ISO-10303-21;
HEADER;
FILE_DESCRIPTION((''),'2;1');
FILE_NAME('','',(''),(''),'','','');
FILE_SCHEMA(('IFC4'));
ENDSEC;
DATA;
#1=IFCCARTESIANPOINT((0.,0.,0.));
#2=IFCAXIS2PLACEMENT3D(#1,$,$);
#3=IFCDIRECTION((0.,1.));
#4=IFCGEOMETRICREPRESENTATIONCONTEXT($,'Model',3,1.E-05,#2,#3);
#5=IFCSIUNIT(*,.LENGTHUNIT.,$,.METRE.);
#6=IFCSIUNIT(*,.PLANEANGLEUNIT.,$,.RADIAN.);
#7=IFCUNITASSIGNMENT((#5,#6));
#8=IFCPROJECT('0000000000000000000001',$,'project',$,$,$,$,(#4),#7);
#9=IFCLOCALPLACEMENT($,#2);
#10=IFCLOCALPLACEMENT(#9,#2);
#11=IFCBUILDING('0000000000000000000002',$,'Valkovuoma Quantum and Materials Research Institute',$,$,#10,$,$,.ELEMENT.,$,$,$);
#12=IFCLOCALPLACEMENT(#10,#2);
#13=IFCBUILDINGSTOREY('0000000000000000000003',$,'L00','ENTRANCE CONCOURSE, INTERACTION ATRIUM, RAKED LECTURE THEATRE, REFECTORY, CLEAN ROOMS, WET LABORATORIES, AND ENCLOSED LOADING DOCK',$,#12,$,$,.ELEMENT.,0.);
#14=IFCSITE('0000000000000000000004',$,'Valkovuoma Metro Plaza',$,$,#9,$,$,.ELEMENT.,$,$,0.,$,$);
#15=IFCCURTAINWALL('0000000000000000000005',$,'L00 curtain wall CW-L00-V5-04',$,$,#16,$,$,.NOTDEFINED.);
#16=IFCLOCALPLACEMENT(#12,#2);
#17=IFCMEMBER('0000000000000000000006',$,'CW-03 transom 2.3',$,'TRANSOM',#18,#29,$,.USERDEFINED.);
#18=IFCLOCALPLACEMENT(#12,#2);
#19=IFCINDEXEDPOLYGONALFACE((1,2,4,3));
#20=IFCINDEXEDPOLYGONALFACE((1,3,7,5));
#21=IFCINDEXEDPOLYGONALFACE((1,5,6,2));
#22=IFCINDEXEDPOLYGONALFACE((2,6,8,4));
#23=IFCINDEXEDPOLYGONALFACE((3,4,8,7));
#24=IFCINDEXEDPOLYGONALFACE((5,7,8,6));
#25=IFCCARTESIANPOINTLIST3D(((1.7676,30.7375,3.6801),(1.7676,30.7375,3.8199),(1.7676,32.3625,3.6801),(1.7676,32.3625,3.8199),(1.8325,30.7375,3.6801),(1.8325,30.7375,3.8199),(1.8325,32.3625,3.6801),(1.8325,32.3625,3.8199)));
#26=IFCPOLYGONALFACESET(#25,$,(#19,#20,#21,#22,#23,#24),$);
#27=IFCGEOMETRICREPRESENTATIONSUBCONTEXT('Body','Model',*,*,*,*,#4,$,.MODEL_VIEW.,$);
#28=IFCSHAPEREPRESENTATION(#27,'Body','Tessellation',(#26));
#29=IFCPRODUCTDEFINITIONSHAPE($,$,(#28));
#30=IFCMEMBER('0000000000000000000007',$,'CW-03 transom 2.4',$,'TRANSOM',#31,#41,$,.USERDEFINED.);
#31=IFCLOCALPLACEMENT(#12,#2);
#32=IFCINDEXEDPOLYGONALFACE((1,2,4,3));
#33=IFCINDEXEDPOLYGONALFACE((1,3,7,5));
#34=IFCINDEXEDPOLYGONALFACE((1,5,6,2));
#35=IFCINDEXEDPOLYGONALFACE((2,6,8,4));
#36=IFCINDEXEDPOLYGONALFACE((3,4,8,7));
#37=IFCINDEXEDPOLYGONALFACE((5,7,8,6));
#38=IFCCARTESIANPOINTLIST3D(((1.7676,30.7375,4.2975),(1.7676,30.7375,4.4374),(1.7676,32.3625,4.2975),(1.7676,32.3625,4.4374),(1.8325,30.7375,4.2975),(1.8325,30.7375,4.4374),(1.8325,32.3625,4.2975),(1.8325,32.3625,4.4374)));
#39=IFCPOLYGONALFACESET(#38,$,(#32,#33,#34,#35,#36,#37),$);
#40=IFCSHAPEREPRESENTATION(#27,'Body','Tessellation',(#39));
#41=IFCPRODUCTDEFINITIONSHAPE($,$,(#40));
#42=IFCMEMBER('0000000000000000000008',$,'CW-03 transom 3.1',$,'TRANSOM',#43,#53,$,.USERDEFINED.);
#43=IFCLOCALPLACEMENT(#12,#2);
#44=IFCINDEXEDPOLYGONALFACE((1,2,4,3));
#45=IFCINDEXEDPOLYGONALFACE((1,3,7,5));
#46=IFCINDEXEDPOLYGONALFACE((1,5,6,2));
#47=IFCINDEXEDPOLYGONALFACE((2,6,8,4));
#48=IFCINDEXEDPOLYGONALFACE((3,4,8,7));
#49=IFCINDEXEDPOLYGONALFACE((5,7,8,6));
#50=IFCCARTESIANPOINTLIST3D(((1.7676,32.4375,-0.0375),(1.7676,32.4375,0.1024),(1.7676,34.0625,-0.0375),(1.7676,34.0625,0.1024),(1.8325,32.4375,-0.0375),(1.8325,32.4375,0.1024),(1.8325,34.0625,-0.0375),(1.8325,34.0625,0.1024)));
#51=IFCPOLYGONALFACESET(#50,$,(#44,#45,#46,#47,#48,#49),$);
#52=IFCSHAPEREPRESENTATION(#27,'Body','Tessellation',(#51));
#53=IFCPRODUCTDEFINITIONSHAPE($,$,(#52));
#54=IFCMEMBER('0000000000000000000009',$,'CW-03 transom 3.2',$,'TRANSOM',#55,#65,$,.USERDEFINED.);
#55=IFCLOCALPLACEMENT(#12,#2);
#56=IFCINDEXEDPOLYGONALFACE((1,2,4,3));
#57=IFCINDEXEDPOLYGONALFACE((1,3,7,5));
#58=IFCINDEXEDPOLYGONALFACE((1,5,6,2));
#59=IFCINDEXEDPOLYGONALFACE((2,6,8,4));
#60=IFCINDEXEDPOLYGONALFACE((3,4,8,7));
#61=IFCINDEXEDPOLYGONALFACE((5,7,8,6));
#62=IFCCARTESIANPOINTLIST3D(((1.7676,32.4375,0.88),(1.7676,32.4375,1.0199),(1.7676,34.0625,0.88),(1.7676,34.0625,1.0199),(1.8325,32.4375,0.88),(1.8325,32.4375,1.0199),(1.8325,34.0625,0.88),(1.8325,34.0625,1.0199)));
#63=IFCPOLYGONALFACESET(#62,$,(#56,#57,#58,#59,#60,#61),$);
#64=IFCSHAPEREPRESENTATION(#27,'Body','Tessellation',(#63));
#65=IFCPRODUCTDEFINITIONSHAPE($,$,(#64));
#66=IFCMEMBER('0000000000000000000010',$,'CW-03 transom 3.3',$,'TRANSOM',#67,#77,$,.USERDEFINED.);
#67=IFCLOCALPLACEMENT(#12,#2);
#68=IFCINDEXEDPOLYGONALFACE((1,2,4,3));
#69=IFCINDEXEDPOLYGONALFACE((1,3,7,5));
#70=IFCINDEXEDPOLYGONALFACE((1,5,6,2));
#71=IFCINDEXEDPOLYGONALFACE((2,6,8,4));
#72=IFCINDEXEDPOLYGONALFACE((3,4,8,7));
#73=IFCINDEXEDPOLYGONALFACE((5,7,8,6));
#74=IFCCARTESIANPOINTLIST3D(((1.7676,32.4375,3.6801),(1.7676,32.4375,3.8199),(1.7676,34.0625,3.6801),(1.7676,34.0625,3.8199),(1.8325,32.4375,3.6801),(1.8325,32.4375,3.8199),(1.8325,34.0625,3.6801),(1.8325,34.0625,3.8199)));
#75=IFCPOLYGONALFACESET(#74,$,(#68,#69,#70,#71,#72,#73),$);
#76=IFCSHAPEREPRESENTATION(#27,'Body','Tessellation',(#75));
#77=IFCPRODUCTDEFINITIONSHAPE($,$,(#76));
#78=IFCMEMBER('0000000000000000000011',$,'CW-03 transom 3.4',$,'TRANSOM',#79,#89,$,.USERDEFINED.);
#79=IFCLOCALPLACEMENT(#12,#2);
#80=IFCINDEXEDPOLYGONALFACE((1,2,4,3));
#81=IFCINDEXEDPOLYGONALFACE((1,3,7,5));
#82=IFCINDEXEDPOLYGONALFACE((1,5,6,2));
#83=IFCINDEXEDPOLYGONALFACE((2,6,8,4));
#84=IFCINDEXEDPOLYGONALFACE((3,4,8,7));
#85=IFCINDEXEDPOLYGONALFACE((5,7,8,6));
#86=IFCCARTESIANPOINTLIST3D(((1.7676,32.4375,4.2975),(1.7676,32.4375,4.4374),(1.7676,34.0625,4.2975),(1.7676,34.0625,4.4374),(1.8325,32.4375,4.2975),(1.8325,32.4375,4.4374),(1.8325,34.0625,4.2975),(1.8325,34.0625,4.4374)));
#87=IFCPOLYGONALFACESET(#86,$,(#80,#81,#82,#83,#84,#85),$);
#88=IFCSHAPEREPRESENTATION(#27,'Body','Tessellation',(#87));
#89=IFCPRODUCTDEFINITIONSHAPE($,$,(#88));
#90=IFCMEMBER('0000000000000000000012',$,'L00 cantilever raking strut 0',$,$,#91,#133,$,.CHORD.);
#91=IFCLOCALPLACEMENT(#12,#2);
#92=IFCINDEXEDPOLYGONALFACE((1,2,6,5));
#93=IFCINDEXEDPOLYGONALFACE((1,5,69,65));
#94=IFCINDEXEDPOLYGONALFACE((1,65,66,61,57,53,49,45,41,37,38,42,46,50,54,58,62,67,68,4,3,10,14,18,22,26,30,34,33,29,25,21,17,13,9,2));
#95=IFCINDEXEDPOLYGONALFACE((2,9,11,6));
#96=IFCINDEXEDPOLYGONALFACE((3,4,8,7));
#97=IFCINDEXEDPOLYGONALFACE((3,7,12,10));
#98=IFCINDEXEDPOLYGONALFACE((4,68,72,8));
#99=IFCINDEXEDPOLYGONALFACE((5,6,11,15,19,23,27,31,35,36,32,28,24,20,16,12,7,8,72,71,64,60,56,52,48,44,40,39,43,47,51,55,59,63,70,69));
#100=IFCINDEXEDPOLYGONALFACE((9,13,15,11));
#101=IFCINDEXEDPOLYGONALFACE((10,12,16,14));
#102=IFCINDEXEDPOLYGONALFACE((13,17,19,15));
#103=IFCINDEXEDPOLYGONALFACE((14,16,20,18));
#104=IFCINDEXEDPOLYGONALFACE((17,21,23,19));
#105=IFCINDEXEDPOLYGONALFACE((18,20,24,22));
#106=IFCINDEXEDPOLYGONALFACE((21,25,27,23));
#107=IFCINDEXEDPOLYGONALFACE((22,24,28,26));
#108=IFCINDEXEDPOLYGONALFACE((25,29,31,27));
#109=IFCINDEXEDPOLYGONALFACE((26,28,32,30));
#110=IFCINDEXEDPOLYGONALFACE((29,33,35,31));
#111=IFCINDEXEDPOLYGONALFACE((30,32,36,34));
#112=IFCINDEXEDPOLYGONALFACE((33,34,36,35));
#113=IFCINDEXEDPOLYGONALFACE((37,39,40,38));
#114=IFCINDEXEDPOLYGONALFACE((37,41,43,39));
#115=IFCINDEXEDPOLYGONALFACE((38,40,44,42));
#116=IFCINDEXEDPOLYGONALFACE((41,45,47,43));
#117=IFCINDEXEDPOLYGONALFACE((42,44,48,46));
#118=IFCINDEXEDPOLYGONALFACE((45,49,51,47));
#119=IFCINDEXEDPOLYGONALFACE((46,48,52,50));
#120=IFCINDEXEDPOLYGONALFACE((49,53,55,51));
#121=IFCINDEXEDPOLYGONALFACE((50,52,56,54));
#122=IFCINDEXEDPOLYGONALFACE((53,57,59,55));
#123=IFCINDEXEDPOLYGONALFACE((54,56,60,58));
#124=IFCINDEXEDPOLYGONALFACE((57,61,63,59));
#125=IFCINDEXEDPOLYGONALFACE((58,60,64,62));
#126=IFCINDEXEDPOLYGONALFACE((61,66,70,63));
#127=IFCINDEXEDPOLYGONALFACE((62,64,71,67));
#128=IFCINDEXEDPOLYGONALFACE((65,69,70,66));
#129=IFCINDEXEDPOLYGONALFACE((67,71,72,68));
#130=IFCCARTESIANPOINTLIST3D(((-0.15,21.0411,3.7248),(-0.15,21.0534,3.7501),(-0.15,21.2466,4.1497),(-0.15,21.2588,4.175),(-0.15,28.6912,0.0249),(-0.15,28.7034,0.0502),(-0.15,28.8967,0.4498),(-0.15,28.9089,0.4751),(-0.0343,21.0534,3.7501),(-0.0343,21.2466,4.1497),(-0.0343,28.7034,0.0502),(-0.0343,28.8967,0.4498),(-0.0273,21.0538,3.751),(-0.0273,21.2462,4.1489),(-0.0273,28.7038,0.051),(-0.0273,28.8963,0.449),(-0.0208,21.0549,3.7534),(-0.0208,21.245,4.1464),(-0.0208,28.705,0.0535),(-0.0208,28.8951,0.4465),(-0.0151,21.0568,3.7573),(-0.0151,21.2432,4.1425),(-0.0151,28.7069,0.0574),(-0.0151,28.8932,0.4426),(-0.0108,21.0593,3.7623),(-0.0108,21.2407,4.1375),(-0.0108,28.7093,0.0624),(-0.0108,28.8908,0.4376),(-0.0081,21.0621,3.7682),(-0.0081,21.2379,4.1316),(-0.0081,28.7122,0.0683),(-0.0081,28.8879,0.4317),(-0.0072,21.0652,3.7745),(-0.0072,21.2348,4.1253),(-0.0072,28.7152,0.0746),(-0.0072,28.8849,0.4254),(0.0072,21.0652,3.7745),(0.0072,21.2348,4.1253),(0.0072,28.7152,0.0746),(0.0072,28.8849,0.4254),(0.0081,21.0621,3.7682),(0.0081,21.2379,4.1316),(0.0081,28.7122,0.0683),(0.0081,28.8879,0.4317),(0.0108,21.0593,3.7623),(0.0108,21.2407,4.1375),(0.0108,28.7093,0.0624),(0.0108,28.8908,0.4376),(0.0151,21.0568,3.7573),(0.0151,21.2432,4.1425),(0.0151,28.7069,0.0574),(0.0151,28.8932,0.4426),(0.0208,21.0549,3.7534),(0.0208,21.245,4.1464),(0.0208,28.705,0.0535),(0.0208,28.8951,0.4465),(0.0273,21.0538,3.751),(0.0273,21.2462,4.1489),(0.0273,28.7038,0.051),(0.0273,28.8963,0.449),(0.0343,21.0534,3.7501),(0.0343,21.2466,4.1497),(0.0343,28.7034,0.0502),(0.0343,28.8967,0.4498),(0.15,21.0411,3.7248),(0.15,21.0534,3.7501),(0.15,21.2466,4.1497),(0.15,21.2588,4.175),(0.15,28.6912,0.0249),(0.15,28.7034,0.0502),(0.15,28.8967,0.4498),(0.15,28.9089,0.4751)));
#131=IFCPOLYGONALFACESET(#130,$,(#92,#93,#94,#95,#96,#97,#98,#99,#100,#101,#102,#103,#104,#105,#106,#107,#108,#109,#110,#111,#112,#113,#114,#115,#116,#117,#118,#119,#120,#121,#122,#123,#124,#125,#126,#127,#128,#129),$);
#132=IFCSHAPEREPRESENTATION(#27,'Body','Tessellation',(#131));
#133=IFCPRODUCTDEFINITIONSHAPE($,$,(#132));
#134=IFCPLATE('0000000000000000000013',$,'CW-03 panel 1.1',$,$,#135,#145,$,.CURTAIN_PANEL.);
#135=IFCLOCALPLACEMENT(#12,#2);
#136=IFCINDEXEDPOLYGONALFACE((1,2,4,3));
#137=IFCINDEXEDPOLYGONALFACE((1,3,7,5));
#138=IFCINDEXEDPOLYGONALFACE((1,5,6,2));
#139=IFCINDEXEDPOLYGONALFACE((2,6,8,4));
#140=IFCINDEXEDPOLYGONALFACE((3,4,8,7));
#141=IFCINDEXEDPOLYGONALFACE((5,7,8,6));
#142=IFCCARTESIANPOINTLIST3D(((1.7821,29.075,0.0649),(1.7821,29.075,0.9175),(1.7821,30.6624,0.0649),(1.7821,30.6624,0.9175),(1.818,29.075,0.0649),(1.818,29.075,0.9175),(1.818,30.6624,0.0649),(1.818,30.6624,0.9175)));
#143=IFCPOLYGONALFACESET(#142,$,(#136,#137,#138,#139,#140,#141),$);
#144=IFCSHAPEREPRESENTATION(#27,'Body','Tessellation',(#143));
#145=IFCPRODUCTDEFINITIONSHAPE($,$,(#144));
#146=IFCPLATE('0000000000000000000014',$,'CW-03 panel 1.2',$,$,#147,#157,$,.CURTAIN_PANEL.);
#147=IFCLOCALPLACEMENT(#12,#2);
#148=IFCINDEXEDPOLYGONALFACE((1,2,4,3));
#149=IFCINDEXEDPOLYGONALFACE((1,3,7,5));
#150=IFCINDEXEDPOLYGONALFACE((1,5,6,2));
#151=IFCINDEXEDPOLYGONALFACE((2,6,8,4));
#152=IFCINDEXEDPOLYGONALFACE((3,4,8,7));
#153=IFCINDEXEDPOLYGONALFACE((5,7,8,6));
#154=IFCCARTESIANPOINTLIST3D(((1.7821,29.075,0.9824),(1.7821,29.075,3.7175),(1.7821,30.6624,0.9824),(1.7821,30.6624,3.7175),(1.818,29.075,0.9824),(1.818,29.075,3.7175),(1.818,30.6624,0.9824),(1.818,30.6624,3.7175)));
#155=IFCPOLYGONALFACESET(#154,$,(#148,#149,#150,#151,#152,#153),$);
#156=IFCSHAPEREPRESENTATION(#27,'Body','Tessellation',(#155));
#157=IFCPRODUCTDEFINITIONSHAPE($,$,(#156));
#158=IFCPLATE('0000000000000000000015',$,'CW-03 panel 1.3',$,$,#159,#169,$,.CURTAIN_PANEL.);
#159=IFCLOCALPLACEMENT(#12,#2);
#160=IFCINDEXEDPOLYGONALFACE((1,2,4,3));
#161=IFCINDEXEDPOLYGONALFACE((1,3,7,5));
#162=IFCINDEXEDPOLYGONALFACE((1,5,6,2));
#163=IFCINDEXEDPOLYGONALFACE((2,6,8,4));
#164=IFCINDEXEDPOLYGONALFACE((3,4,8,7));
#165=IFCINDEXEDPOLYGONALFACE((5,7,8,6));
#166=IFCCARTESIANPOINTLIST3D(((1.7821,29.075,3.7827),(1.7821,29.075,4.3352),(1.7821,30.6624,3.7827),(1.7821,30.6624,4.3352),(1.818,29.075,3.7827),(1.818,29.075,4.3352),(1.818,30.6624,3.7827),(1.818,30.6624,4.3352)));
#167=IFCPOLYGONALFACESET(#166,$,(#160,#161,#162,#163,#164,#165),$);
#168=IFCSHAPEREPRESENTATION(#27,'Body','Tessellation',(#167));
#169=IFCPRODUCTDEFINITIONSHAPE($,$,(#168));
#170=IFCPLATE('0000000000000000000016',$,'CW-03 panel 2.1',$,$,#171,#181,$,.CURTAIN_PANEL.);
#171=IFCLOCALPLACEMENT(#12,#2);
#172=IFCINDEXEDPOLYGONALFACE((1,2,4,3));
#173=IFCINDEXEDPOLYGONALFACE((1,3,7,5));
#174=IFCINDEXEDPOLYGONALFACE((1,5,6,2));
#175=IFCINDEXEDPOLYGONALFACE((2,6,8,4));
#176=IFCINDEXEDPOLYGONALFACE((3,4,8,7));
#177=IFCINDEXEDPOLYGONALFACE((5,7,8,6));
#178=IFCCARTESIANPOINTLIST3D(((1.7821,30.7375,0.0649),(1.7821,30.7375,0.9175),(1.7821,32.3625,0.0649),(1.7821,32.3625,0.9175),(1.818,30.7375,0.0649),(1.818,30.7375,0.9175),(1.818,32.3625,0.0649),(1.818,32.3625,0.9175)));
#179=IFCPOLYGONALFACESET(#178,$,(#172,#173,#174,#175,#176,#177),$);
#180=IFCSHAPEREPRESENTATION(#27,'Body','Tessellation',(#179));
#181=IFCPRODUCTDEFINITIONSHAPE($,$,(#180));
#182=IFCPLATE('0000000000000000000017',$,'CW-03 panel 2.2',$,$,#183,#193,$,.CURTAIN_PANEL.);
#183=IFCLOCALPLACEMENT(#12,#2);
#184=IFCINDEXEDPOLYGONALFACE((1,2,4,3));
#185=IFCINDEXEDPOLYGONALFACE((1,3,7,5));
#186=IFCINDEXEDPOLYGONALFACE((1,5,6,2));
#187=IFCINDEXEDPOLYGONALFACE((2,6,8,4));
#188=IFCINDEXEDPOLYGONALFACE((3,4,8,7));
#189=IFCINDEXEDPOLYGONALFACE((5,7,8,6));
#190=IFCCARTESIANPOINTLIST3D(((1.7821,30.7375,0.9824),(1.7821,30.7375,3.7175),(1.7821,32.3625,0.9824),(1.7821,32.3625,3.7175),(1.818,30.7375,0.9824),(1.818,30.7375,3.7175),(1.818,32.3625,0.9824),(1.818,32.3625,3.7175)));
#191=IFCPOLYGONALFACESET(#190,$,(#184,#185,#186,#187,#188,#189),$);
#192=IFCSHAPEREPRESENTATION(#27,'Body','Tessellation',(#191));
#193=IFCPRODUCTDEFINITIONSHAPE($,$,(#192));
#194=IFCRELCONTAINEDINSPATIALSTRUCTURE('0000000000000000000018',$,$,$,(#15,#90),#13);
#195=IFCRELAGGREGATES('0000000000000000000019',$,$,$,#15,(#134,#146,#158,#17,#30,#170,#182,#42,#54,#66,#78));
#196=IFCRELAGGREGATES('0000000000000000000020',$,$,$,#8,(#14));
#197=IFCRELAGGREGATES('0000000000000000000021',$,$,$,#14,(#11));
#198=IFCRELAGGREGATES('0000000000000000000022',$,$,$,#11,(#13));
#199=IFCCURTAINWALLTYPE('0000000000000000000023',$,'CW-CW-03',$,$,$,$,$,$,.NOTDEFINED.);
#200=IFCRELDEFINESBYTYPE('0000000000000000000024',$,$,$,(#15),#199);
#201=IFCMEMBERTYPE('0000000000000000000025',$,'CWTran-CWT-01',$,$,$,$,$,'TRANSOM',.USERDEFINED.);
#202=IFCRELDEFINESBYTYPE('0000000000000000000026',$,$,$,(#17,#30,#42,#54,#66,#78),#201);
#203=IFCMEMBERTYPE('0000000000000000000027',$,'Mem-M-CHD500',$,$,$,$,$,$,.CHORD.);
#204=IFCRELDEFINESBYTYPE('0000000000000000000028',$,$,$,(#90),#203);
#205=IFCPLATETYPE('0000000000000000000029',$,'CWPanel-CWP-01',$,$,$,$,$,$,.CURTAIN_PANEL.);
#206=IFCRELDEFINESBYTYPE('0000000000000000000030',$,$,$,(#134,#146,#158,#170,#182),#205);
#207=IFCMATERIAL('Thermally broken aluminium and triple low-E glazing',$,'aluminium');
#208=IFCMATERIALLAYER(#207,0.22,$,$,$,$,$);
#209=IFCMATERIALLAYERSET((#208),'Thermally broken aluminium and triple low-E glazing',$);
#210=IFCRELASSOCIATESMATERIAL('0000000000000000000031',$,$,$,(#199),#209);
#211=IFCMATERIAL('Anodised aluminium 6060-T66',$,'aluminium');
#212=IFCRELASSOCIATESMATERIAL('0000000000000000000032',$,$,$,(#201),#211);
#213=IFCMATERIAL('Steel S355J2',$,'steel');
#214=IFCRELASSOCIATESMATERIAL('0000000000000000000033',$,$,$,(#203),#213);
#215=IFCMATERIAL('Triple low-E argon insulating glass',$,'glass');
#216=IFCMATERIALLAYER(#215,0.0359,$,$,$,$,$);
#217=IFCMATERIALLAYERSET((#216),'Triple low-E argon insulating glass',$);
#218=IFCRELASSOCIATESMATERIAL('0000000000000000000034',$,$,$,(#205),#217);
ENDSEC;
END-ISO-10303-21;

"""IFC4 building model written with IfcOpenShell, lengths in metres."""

from ifc_helpers import new_model, si_unit, direction, frame, origin, origin_2d, place, context, subcontext, project, spatial, rectangle, i_section, extrude, material, layer, layer_set, material_profile, profile_set, type_object, element, aggregate, save


model = new_model("IFC4")

# Units and contexts
model_context = context("Model", 3, precision=1e-05, world=origin(), true_north=direction((0.0, 1.0)))
body_context = subcontext(model_context, "Body", "Model", "MODEL_VIEW")
ifc_project = project(units=[si_unit("LENGTHUNIT", "METRE"), si_unit("PLANEANGLEUNIT", "RADIAN")], contexts=[model_context])

# Site, building, storey
site_placement = place(None, origin())
site = spatial("IfcSite", under=ifc_project, at=site_placement, Name="Valkovuoma Metro Plaza", CompositionType="ELEMENT", RefElevation=0.0)
building_placement = place(site_placement, origin())
building = spatial("IfcBuilding", under=site, at=building_placement, Name="Valkovuoma Quantum and Materials Research Institute", CompositionType="ELEMENT")
storey_placement = place(building_placement, origin())
storey = spatial("IfcBuildingStorey", under=building, at=storey_placement, Name="L00", Description="ENTRANCE CONCOURSE, INTERACTION ATRIUM, RAKED LECTURE THEATRE, REFECTORY, CLEAN ROOMS, WET LABORATORIES, AND ENCLOSED LOADING DOCK", CompositionType="ELEMENT", Elevation=0.0)

# Curtain wall, members
ifc_material_1 = material(Name="Thermally broken aluminium and triple low-E glazing", Category="aluminium")
ifc_layer_1 = layer(ifc_material_1, 0.22)
ifc_layer_set_1 = layer_set([ifc_layer_1], Name="Thermally broken aluminium and triple low-E glazing")
curtain_wall_type = type_object("IfcCurtainWallType", Name="CW-CW-03", PredefinedType="NOTDEFINED", material=ifc_layer_set_1)
curtain_wall_placement = place(storey_placement, origin())
curtain_wall = element("IfcCurtainWall", 1, at=curtain_wall_placement, inside=storey, type_object=curtain_wall_type, Name="L00 curtain wall CW-L00-V5-04", PredefinedType="NOTDEFINED")
ifc_material_2 = material(Name="Anodised aluminium 6060-T66", Category="aluminium")
ifc_material_profile_1 = material_profile(ifc_material_2, rectangle(XDim=0.0649, YDim=0.1399, at=origin_2d()), Name="Anodised aluminium 6060-T66")
ifc_profile_set_1 = profile_set([ifc_material_profile_1], Name="Anodised aluminium 6060-T66")
member_type_1 = type_object("IfcMemberType", Name="CWTran-CWT-01", ElementType="TRANSOM", PredefinedType="USERDEFINED", material=ifc_profile_set_1)
member_1_placement = place(storey_placement, frame((1.8, 30.7375, 3.75), z_axis=(0.0, 1.0, 0.0), x_axis=(-1.0, 0.0, 0.0)))
member_1 = element("IfcMember", 2, at=member_1_placement, type_object=member_type_1, Name="CW-03 transom 2.3", ObjectType="TRANSOM", PredefinedType="USERDEFINED", context=body_context, shape_type="SweptSolid", body=[
    extrude(rectangle(XDim=0.0649, YDim=0.1399, at=origin_2d()), origin(), (0.0, 0.0, 1.0), 1.625),
])
member_2_placement = place(storey_placement, frame((1.8, 30.7375, 4.3674), z_axis=(0.0, 1.0, 0.0), x_axis=(-1.0, 0.0, 0.0)))
member_2 = element("IfcMember", 3, at=member_2_placement, type_object=member_type_1, Name="CW-03 transom 2.4", ObjectType="TRANSOM", PredefinedType="USERDEFINED", context=body_context, shape_type="SweptSolid", body=[
    extrude(rectangle(XDim=0.0649, YDim=0.1399, at=origin_2d()), origin(), (0.0, 0.0, 1.0), 1.625),
])
member_3_placement = place(storey_placement, frame((1.8, 32.4375, 0.0325), z_axis=(0.0, 1.0, 0.0), x_axis=(-1.0, 0.0, 0.0)))
member_3 = element("IfcMember", 4, at=member_3_placement, type_object=member_type_1, Name="CW-03 transom 3.1", ObjectType="TRANSOM", PredefinedType="USERDEFINED", context=body_context, shape_type="SweptSolid", body=[
    extrude(rectangle(XDim=0.0649, YDim=0.1399, at=origin_2d()), origin(), (0.0, 0.0, 1.0), 1.625),
])
member_4_placement = place(storey_placement, frame((1.8, 32.4375, 0.95), z_axis=(0.0, 1.0, 0.0), x_axis=(-1.0, 0.0, 0.0)))
member_4 = element("IfcMember", 5, at=member_4_placement, type_object=member_type_1, Name="CW-03 transom 3.2", ObjectType="TRANSOM", PredefinedType="USERDEFINED", context=body_context, shape_type="SweptSolid", body=[
    extrude(rectangle(XDim=0.0649, YDim=0.1399, at=origin_2d()), origin(), (0.0, 0.0, 1.0), 1.625),
])
member_5_placement = place(storey_placement, frame((1.8, 32.4375, 3.75), z_axis=(0.0, 1.0, 0.0), x_axis=(-1.0, 0.0, 0.0)))
member_5 = element("IfcMember", 6, at=member_5_placement, type_object=member_type_1, Name="CW-03 transom 3.3", ObjectType="TRANSOM", PredefinedType="USERDEFINED", context=body_context, shape_type="SweptSolid", body=[
    extrude(rectangle(XDim=0.0649, YDim=0.1399, at=origin_2d()), origin(), (0.0, 0.0, 1.0), 1.625),
])
member_6_placement = place(storey_placement, frame((1.8, 32.4375, 4.3674), z_axis=(0.0, 1.0, 0.0), x_axis=(-1.0, 0.0, 0.0)))
member_6 = element("IfcMember", 7, at=member_6_placement, type_object=member_type_1, Name="CW-03 transom 3.4", ObjectType="TRANSOM", PredefinedType="USERDEFINED", context=body_context, shape_type="SweptSolid", body=[
    extrude(rectangle(XDim=0.0649, YDim=0.1399, at=origin_2d()), origin(), (0.0, 0.0, 1.0), 1.625),
])

# Member
ifc_material_3 = material(Name="Steel S355J2", Category="steel")
ifc_material_profile_2 = material_profile(ifc_material_3, i_section(OverallWidth=0.3, OverallDepth=0.5, WebThickness=0.0144, FlangeThickness=0.0281, FilletRadius=0.0271, at=origin_2d()), Name="Steel S355J2")
ifc_profile_set_2 = profile_set([ifc_material_profile_2], Name="Steel S355J2")
member_type_2 = type_object("IfcMemberType", Name="Mem-M-CHD500", PredefinedType="CHORD", material=ifc_profile_set_2)
member_7_placement = place(storey_placement, frame((0.0, 28.8, 0.25), z_axis=(0.0, -0.900239, 0.435396), x_axis=(1.0, 0.0, 0.0)))
element("IfcMember", 8, at=member_7_placement, inside=storey, type_object=member_type_2, Name="L00 cantilever raking strut 0", PredefinedType="CHORD", context=body_context, shape_type="SweptSolid", body=[
    extrude(i_section(OverallWidth=0.3, OverallDepth=0.5, WebThickness=0.0144, FlangeThickness=0.0281, FilletRadius=0.0271, at=origin_2d()), origin(), (0.0, 0.0, 1.0), 8.4978),
])

# Plates
ifc_material_4 = material(Name="Triple low-E argon insulating glass", Category="glass")
ifc_layer_2 = layer(ifc_material_4, 0.0359)
ifc_layer_set_2 = layer_set([ifc_layer_2], Name="Triple low-E argon insulating glass")
plate_type = type_object("IfcPlateType", Name="CWPanel-CWP-01", PredefinedType="CURTAIN_PANEL", material=ifc_layer_set_2)
plate_1_placement = place(storey_placement, frame((1.8, 29.8687, 0.0649), z_axis=(0.0, 0.0, 1.0), x_axis=(0.0, 1.0, 0.0)))
plate_1 = element("IfcPlate", 9, at=plate_1_placement, type_object=plate_type, Name="CW-03 panel 1.1", PredefinedType="CURTAIN_PANEL", context=body_context, shape_type="SweptSolid", body=[
    extrude(rectangle(XDim=1.5874, YDim=0.0359, at=origin_2d()), origin(), (0.0, 0.0, 1.0), 0.8525),
])
plate_2_placement = place(storey_placement, frame((1.8, 29.8687, 0.9824), z_axis=(0.0, 0.0, 1.0), x_axis=(0.0, 1.0, 0.0)))
plate_2 = element("IfcPlate", 10, at=plate_2_placement, type_object=plate_type, Name="CW-03 panel 1.2", PredefinedType="CURTAIN_PANEL", context=body_context, shape_type="SweptSolid", body=[
    extrude(rectangle(XDim=1.5874, YDim=0.0359, at=origin_2d()), origin(), (0.0, 0.0, 1.0), 2.7351),
])
plate_3_placement = place(storey_placement, frame((1.8, 29.8687, 3.7827), z_axis=(0.0, 0.0, 1.0), x_axis=(0.0, 1.0, 0.0)))
plate_3 = element("IfcPlate", 11, at=plate_3_placement, type_object=plate_type, Name="CW-03 panel 1.3", PredefinedType="CURTAIN_PANEL", context=body_context, shape_type="SweptSolid", body=[
    extrude(rectangle(XDim=1.5874, YDim=0.0359, at=origin_2d()), origin(), (0.0, 0.0, 1.0), 0.5525),
])
plate_4_placement = place(storey_placement, frame((1.8, 31.55, 0.0649), z_axis=(0.0, 0.0, 1.0), x_axis=(0.0, 1.0, 0.0)))
plate_4 = element("IfcPlate", 12, at=plate_4_placement, type_object=plate_type, Name="CW-03 panel 2.1", PredefinedType="CURTAIN_PANEL", context=body_context, shape_type="SweptSolid", body=[
    extrude(rectangle(XDim=1.625, YDim=0.0359, at=origin_2d()), origin(), (0.0, 0.0, 1.0), 0.8525),
])
plate_5_placement = place(storey_placement, frame((1.8, 31.55, 0.9824), z_axis=(0.0, 0.0, 1.0), x_axis=(0.0, 1.0, 0.0)))
plate_5 = element("IfcPlate", 13, at=plate_5_placement, type_object=plate_type, Name="CW-03 panel 2.2", PredefinedType="CURTAIN_PANEL", context=body_context, shape_type="SweptSolid", body=[
    extrude(rectangle(XDim=1.625, YDim=0.0359, at=origin_2d()), origin(), (0.0, 0.0, 1.0), 2.7351),
])
aggregate(curtain_wall, [plate_1, plate_2, plate_3, member_1, member_2, plate_4, plate_5, member_3, member_4, member_5, member_6])

save(model, "model.ifc")
